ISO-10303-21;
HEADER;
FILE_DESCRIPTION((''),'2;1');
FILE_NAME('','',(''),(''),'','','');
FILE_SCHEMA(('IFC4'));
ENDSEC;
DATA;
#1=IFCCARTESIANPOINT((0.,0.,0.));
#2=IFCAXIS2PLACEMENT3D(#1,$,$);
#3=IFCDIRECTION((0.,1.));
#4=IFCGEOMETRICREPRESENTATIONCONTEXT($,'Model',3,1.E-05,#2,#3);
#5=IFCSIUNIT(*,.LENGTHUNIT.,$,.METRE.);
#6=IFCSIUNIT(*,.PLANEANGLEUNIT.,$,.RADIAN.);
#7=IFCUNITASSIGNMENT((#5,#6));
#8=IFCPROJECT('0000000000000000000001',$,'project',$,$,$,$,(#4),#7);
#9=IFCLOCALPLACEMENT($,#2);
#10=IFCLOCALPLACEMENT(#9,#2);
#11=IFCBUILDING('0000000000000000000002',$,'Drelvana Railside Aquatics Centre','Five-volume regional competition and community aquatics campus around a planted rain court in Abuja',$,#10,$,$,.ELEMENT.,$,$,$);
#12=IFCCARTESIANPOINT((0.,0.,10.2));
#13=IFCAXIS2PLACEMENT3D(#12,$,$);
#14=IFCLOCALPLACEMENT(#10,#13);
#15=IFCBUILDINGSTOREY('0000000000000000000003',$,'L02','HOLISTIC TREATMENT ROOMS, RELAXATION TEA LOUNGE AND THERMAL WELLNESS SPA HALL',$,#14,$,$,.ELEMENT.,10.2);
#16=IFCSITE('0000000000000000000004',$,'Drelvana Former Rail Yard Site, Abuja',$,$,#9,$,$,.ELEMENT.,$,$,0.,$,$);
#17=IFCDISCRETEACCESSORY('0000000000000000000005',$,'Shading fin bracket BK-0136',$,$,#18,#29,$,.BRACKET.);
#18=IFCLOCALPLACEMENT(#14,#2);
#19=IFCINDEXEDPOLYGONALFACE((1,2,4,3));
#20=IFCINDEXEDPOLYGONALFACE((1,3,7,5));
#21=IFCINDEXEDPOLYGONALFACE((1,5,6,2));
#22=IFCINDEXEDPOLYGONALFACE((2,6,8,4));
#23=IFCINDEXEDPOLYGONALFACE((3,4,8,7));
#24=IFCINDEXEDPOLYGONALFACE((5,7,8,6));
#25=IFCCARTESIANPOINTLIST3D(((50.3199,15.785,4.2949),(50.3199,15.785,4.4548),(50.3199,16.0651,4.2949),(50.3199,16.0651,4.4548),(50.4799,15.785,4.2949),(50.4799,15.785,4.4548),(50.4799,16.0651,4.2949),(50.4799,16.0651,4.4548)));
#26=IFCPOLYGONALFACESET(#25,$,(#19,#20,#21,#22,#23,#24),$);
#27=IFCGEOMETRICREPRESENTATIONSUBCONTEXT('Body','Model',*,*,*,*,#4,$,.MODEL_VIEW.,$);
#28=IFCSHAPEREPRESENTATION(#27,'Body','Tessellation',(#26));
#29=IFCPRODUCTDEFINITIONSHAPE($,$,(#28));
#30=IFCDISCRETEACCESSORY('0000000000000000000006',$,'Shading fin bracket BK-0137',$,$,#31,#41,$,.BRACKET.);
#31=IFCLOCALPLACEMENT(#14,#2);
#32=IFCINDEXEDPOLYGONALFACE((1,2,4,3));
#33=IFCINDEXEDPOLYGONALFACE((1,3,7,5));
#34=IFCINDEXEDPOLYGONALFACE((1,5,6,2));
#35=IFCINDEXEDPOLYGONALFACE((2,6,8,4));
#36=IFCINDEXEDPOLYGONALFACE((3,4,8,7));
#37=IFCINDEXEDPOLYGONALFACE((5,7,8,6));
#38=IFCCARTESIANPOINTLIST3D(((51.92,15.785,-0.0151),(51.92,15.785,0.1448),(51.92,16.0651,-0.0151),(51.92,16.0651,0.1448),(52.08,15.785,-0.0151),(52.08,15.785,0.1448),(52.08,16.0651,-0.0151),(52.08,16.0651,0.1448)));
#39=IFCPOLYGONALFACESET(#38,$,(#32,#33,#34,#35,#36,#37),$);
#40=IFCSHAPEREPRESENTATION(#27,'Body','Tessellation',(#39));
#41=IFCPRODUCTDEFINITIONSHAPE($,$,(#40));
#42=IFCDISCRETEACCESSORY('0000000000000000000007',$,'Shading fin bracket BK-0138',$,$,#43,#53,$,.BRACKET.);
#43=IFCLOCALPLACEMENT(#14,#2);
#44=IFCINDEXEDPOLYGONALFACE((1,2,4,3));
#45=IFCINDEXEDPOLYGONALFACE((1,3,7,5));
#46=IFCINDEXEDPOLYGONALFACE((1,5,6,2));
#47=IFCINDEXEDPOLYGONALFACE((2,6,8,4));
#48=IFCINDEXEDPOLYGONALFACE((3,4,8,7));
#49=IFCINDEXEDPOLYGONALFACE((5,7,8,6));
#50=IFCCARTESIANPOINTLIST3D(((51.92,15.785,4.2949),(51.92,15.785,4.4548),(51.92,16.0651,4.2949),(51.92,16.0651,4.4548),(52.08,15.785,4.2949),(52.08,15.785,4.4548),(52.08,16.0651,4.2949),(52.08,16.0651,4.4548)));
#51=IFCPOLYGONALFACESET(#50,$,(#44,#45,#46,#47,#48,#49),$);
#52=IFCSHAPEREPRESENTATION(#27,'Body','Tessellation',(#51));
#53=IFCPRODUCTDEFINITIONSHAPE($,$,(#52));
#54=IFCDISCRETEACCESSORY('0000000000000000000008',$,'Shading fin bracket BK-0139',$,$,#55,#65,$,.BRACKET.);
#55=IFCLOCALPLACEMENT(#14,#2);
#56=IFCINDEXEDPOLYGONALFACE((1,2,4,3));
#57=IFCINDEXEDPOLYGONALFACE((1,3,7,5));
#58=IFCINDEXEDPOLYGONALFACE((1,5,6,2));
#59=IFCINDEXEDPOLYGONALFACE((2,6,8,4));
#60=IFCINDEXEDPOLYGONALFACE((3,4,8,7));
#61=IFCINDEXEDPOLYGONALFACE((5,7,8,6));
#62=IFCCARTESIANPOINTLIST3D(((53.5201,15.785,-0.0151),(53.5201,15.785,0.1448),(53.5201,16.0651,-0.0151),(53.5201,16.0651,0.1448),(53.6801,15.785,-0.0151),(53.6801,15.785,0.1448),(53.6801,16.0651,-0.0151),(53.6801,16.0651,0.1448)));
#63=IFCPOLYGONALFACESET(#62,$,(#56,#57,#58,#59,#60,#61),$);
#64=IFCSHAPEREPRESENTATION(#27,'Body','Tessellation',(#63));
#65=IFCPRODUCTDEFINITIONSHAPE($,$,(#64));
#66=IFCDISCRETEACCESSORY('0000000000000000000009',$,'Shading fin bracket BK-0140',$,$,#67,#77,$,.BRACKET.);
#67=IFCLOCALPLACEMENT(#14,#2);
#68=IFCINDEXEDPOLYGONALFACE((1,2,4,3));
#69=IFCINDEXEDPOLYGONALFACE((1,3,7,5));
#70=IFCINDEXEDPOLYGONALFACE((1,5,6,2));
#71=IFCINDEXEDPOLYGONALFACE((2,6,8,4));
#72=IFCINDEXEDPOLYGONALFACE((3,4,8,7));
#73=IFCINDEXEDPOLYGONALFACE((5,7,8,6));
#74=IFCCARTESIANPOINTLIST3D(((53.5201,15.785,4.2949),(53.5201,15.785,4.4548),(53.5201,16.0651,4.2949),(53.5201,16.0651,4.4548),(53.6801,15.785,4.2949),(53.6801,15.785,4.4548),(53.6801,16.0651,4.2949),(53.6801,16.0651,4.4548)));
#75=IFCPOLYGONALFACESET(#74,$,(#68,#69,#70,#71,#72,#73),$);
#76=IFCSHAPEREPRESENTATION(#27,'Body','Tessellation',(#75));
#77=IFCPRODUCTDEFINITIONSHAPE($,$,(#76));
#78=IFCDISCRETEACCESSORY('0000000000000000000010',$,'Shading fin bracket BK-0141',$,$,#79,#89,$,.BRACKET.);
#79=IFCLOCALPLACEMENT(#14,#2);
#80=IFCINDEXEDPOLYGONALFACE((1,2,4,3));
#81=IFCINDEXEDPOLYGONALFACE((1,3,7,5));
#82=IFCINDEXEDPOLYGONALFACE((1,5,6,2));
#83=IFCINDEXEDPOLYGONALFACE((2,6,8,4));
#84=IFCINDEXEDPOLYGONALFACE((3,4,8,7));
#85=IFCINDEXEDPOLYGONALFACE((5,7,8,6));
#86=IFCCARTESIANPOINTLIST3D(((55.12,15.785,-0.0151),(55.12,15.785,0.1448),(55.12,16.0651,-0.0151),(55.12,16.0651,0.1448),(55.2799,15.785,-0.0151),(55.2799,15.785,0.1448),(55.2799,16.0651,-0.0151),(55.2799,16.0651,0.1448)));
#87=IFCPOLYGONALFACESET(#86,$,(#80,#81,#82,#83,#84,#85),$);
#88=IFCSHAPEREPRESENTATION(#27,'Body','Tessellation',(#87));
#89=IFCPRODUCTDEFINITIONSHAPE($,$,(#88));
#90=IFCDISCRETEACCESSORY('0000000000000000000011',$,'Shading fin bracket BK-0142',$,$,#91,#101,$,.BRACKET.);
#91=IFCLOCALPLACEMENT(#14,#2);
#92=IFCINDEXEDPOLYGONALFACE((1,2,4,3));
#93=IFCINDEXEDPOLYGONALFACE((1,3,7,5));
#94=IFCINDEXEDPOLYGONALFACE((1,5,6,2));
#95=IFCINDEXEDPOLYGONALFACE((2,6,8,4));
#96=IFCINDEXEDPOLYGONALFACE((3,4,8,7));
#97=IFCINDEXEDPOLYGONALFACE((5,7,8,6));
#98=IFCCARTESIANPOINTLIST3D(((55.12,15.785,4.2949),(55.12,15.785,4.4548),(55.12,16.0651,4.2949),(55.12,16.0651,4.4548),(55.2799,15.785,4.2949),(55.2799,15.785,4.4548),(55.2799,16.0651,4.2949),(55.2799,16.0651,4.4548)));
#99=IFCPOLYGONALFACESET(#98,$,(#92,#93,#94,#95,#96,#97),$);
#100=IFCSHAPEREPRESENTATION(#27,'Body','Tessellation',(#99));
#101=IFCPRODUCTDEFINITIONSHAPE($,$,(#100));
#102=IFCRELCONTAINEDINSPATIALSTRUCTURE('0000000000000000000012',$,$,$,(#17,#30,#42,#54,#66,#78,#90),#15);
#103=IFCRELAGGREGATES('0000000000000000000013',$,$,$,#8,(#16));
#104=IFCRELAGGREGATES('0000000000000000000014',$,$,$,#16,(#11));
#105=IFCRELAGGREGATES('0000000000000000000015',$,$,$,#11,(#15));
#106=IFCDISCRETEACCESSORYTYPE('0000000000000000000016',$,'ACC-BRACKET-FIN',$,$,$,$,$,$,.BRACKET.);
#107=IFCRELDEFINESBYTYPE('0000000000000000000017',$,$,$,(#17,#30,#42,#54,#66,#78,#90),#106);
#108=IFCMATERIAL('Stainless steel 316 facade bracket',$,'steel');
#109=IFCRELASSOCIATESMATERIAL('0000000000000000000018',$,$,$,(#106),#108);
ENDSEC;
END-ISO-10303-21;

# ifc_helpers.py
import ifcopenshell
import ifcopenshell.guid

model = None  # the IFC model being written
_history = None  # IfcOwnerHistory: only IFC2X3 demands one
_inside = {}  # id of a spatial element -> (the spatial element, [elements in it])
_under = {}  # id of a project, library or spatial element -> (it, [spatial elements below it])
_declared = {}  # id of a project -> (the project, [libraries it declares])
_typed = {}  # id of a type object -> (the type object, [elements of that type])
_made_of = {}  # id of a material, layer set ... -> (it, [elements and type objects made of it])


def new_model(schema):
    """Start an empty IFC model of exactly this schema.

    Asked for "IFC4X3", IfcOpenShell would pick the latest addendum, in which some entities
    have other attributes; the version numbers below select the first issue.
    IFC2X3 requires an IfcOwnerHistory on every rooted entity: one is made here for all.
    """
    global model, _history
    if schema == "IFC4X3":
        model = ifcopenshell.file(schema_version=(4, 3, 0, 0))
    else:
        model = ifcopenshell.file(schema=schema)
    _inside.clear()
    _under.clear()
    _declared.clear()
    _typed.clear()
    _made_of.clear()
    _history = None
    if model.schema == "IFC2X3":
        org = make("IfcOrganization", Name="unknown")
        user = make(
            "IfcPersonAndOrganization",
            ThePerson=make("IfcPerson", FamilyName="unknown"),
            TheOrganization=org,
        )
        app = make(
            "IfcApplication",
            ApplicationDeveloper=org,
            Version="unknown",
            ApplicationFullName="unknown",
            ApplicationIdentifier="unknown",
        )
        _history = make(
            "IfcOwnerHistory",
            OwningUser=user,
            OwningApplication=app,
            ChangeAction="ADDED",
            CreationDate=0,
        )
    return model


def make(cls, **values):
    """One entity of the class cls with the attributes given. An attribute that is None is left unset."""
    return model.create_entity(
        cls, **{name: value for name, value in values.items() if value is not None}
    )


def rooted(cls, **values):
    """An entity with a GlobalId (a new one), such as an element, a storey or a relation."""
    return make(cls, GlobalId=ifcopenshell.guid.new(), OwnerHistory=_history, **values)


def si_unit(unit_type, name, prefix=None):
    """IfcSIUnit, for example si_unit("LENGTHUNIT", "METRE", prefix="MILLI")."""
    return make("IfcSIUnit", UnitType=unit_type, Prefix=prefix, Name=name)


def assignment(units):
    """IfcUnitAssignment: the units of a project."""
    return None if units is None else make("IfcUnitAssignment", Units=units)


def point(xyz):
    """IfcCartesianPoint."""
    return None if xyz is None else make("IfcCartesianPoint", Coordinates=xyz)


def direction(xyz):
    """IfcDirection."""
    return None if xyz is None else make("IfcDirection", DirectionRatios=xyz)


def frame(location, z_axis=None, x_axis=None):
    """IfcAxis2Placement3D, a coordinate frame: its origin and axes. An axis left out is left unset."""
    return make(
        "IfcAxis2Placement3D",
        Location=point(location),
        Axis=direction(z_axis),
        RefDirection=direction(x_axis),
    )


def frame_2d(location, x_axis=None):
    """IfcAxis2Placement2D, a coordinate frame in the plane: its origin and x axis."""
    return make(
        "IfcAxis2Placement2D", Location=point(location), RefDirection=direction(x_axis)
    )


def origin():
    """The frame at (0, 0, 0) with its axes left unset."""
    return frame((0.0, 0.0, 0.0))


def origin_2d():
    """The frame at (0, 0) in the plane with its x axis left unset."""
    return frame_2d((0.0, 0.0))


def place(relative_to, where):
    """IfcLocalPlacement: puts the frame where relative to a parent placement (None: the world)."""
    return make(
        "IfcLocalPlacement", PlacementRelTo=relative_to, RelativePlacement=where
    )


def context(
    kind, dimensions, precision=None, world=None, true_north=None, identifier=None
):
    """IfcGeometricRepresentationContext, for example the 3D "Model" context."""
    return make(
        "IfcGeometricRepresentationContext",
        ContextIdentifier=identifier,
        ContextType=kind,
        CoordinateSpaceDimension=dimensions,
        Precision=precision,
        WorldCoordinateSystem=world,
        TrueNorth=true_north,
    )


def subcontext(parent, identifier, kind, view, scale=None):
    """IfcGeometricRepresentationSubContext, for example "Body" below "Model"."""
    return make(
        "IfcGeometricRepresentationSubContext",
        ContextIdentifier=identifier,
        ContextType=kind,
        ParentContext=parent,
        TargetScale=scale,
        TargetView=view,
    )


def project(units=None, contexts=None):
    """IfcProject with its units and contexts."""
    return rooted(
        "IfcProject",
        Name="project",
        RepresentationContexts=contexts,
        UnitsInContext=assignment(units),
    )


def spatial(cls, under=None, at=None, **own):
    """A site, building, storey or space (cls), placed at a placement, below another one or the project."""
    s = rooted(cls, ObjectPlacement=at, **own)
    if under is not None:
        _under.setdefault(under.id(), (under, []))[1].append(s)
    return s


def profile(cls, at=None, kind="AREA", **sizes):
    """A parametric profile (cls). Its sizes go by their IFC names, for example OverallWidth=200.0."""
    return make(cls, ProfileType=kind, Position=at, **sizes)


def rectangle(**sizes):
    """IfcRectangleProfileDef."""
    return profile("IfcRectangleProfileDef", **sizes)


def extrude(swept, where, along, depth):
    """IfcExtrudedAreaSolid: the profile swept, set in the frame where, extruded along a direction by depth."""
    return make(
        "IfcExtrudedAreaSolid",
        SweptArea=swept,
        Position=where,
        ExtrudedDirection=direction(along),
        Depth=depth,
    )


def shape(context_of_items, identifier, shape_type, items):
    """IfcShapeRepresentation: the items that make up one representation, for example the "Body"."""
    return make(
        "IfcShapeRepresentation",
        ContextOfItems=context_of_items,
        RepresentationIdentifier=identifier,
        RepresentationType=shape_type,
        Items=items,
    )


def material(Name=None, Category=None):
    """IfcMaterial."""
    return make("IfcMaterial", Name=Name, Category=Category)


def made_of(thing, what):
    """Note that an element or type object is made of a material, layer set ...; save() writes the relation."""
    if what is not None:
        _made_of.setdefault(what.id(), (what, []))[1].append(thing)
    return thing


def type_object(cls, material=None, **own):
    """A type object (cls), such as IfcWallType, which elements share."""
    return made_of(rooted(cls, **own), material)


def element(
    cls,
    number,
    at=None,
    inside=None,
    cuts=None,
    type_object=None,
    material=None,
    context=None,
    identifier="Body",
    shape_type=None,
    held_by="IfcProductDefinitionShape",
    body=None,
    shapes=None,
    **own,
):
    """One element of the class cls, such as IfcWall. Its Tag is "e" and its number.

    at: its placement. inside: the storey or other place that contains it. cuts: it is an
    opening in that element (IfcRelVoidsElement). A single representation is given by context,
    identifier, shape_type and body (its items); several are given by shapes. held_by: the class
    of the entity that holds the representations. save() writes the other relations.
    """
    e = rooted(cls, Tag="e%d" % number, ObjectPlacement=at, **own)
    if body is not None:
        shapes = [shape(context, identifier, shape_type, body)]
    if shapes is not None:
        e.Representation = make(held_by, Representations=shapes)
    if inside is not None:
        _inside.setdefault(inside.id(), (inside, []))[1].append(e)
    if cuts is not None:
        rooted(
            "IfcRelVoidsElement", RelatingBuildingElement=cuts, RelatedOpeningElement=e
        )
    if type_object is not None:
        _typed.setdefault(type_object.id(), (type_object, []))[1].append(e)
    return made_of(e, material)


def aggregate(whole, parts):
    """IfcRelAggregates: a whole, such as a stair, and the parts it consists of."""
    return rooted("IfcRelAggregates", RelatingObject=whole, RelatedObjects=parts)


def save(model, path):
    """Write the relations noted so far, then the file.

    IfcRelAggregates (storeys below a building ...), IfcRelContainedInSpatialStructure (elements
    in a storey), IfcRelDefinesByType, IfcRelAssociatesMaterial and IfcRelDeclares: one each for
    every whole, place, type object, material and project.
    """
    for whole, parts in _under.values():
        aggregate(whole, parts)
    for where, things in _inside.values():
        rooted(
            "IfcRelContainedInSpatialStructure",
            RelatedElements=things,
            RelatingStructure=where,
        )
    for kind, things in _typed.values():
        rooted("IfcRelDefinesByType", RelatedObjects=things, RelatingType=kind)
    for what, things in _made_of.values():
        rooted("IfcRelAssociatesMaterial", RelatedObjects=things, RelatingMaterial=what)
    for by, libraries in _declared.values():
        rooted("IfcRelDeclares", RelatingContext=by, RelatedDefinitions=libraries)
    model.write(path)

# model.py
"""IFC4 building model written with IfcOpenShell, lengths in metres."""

from ifc_helpers import new_model, si_unit, direction, frame, origin, origin_2d, place, context, subcontext, project, spatial, rectangle, extrude, material, type_object, element, save


model = new_model("IFC4")

# Units and contexts
model_context = context("Model", 3, precision=1e-05, world=origin(), true_north=direction((0.0, 1.0)))
body_context = subcontext(model_context, "Body", "Model", "MODEL_VIEW")
ifc_project = project(units=[si_unit("LENGTHUNIT", "METRE"), si_unit("PLANEANGLEUNIT", "RADIAN")], contexts=[model_context])

# Site, building, storey
site_placement = place(None, origin())
site = spatial("IfcSite", under=ifc_project, at=site_placement, Name="Drelvana Former Rail Yard Site, Abuja", CompositionType="ELEMENT", RefElevation=0.0)
building_placement = place(site_placement, origin())
building = spatial("IfcBuilding", under=site, at=building_placement, Name="Drelvana Railside Aquatics Centre", Description="Five-volume regional competition and community aquatics campus around a planted rain court in Abuja", CompositionType="ELEMENT")
storey_placement = place(building_placement, frame((0.0, 0.0, 10.2)))
storey = spatial("IfcBuildingStorey", under=building, at=storey_placement, Name="L02", Description="HOLISTIC TREATMENT ROOMS, RELAXATION TEA LOUNGE AND THERMAL WELLNESS SPA HALL", CompositionType="ELEMENT", Elevation=10.2)

# Discrete accessories
ifc_material_1 = material(Name="Stainless steel 316 facade bracket", Category="steel")
discrete_accessory_type = type_object("IfcDiscreteAccessoryType", Name="ACC-BRACKET-FIN", PredefinedType="BRACKET", material=ifc_material_1)
for number, where, z_axis, x_axis, name in (
    (1, (50.3999, 15.925, 4.2949), (0.0, 0.0, 1.0), (0.0, -1.0, 0.0), "Shading fin bracket BK-0136"),
    (2, (52.0, 15.925, -0.0151), (0.0, 0.0, 1.0), (0.0, -1.0, 0.0), "Shading fin bracket BK-0137"),
    (3, (52.0, 15.925, 4.2949), (0.0, 0.0, 1.0), (0.0, -1.0, 0.0), "Shading fin bracket BK-0138"),
    (4, (53.6001, 15.925, -0.0151), (0.0, 0.0, 1.0), (0.0, -1.0, 0.0), "Shading fin bracket BK-0139"),
    (5, (53.6001, 15.925, 4.2949), (0.0, 0.0, 1.0), (0.0, -1.0, 0.0), "Shading fin bracket BK-0140"),
    (6, (55.2, 15.925, -0.0151), (0.0, 0.0, 1.0), (0.0, -1.0, 0.0), "Shading fin bracket BK-0141"),
    (7, (55.2, 15.925, 4.2949), (0.0, 0.0, 1.0), (0.0, -1.0, 0.0), "Shading fin bracket BK-0142"),
):
    element("IfcDiscreteAccessory", number, at=place(storey_placement, frame(where, z_axis=z_axis, x_axis=x_axis)), inside=storey, type_object=discrete_accessory_type, Name=name, PredefinedType="BRACKET", context=body_context, shape_type="SweptSolid", body=[
        extrude(rectangle(XDim=0.28, YDim=0.1599, at=origin_2d()), origin(), (0.0, 0.0, 1.0), 0.1599),
    ])

save(model, "model.ifc")
